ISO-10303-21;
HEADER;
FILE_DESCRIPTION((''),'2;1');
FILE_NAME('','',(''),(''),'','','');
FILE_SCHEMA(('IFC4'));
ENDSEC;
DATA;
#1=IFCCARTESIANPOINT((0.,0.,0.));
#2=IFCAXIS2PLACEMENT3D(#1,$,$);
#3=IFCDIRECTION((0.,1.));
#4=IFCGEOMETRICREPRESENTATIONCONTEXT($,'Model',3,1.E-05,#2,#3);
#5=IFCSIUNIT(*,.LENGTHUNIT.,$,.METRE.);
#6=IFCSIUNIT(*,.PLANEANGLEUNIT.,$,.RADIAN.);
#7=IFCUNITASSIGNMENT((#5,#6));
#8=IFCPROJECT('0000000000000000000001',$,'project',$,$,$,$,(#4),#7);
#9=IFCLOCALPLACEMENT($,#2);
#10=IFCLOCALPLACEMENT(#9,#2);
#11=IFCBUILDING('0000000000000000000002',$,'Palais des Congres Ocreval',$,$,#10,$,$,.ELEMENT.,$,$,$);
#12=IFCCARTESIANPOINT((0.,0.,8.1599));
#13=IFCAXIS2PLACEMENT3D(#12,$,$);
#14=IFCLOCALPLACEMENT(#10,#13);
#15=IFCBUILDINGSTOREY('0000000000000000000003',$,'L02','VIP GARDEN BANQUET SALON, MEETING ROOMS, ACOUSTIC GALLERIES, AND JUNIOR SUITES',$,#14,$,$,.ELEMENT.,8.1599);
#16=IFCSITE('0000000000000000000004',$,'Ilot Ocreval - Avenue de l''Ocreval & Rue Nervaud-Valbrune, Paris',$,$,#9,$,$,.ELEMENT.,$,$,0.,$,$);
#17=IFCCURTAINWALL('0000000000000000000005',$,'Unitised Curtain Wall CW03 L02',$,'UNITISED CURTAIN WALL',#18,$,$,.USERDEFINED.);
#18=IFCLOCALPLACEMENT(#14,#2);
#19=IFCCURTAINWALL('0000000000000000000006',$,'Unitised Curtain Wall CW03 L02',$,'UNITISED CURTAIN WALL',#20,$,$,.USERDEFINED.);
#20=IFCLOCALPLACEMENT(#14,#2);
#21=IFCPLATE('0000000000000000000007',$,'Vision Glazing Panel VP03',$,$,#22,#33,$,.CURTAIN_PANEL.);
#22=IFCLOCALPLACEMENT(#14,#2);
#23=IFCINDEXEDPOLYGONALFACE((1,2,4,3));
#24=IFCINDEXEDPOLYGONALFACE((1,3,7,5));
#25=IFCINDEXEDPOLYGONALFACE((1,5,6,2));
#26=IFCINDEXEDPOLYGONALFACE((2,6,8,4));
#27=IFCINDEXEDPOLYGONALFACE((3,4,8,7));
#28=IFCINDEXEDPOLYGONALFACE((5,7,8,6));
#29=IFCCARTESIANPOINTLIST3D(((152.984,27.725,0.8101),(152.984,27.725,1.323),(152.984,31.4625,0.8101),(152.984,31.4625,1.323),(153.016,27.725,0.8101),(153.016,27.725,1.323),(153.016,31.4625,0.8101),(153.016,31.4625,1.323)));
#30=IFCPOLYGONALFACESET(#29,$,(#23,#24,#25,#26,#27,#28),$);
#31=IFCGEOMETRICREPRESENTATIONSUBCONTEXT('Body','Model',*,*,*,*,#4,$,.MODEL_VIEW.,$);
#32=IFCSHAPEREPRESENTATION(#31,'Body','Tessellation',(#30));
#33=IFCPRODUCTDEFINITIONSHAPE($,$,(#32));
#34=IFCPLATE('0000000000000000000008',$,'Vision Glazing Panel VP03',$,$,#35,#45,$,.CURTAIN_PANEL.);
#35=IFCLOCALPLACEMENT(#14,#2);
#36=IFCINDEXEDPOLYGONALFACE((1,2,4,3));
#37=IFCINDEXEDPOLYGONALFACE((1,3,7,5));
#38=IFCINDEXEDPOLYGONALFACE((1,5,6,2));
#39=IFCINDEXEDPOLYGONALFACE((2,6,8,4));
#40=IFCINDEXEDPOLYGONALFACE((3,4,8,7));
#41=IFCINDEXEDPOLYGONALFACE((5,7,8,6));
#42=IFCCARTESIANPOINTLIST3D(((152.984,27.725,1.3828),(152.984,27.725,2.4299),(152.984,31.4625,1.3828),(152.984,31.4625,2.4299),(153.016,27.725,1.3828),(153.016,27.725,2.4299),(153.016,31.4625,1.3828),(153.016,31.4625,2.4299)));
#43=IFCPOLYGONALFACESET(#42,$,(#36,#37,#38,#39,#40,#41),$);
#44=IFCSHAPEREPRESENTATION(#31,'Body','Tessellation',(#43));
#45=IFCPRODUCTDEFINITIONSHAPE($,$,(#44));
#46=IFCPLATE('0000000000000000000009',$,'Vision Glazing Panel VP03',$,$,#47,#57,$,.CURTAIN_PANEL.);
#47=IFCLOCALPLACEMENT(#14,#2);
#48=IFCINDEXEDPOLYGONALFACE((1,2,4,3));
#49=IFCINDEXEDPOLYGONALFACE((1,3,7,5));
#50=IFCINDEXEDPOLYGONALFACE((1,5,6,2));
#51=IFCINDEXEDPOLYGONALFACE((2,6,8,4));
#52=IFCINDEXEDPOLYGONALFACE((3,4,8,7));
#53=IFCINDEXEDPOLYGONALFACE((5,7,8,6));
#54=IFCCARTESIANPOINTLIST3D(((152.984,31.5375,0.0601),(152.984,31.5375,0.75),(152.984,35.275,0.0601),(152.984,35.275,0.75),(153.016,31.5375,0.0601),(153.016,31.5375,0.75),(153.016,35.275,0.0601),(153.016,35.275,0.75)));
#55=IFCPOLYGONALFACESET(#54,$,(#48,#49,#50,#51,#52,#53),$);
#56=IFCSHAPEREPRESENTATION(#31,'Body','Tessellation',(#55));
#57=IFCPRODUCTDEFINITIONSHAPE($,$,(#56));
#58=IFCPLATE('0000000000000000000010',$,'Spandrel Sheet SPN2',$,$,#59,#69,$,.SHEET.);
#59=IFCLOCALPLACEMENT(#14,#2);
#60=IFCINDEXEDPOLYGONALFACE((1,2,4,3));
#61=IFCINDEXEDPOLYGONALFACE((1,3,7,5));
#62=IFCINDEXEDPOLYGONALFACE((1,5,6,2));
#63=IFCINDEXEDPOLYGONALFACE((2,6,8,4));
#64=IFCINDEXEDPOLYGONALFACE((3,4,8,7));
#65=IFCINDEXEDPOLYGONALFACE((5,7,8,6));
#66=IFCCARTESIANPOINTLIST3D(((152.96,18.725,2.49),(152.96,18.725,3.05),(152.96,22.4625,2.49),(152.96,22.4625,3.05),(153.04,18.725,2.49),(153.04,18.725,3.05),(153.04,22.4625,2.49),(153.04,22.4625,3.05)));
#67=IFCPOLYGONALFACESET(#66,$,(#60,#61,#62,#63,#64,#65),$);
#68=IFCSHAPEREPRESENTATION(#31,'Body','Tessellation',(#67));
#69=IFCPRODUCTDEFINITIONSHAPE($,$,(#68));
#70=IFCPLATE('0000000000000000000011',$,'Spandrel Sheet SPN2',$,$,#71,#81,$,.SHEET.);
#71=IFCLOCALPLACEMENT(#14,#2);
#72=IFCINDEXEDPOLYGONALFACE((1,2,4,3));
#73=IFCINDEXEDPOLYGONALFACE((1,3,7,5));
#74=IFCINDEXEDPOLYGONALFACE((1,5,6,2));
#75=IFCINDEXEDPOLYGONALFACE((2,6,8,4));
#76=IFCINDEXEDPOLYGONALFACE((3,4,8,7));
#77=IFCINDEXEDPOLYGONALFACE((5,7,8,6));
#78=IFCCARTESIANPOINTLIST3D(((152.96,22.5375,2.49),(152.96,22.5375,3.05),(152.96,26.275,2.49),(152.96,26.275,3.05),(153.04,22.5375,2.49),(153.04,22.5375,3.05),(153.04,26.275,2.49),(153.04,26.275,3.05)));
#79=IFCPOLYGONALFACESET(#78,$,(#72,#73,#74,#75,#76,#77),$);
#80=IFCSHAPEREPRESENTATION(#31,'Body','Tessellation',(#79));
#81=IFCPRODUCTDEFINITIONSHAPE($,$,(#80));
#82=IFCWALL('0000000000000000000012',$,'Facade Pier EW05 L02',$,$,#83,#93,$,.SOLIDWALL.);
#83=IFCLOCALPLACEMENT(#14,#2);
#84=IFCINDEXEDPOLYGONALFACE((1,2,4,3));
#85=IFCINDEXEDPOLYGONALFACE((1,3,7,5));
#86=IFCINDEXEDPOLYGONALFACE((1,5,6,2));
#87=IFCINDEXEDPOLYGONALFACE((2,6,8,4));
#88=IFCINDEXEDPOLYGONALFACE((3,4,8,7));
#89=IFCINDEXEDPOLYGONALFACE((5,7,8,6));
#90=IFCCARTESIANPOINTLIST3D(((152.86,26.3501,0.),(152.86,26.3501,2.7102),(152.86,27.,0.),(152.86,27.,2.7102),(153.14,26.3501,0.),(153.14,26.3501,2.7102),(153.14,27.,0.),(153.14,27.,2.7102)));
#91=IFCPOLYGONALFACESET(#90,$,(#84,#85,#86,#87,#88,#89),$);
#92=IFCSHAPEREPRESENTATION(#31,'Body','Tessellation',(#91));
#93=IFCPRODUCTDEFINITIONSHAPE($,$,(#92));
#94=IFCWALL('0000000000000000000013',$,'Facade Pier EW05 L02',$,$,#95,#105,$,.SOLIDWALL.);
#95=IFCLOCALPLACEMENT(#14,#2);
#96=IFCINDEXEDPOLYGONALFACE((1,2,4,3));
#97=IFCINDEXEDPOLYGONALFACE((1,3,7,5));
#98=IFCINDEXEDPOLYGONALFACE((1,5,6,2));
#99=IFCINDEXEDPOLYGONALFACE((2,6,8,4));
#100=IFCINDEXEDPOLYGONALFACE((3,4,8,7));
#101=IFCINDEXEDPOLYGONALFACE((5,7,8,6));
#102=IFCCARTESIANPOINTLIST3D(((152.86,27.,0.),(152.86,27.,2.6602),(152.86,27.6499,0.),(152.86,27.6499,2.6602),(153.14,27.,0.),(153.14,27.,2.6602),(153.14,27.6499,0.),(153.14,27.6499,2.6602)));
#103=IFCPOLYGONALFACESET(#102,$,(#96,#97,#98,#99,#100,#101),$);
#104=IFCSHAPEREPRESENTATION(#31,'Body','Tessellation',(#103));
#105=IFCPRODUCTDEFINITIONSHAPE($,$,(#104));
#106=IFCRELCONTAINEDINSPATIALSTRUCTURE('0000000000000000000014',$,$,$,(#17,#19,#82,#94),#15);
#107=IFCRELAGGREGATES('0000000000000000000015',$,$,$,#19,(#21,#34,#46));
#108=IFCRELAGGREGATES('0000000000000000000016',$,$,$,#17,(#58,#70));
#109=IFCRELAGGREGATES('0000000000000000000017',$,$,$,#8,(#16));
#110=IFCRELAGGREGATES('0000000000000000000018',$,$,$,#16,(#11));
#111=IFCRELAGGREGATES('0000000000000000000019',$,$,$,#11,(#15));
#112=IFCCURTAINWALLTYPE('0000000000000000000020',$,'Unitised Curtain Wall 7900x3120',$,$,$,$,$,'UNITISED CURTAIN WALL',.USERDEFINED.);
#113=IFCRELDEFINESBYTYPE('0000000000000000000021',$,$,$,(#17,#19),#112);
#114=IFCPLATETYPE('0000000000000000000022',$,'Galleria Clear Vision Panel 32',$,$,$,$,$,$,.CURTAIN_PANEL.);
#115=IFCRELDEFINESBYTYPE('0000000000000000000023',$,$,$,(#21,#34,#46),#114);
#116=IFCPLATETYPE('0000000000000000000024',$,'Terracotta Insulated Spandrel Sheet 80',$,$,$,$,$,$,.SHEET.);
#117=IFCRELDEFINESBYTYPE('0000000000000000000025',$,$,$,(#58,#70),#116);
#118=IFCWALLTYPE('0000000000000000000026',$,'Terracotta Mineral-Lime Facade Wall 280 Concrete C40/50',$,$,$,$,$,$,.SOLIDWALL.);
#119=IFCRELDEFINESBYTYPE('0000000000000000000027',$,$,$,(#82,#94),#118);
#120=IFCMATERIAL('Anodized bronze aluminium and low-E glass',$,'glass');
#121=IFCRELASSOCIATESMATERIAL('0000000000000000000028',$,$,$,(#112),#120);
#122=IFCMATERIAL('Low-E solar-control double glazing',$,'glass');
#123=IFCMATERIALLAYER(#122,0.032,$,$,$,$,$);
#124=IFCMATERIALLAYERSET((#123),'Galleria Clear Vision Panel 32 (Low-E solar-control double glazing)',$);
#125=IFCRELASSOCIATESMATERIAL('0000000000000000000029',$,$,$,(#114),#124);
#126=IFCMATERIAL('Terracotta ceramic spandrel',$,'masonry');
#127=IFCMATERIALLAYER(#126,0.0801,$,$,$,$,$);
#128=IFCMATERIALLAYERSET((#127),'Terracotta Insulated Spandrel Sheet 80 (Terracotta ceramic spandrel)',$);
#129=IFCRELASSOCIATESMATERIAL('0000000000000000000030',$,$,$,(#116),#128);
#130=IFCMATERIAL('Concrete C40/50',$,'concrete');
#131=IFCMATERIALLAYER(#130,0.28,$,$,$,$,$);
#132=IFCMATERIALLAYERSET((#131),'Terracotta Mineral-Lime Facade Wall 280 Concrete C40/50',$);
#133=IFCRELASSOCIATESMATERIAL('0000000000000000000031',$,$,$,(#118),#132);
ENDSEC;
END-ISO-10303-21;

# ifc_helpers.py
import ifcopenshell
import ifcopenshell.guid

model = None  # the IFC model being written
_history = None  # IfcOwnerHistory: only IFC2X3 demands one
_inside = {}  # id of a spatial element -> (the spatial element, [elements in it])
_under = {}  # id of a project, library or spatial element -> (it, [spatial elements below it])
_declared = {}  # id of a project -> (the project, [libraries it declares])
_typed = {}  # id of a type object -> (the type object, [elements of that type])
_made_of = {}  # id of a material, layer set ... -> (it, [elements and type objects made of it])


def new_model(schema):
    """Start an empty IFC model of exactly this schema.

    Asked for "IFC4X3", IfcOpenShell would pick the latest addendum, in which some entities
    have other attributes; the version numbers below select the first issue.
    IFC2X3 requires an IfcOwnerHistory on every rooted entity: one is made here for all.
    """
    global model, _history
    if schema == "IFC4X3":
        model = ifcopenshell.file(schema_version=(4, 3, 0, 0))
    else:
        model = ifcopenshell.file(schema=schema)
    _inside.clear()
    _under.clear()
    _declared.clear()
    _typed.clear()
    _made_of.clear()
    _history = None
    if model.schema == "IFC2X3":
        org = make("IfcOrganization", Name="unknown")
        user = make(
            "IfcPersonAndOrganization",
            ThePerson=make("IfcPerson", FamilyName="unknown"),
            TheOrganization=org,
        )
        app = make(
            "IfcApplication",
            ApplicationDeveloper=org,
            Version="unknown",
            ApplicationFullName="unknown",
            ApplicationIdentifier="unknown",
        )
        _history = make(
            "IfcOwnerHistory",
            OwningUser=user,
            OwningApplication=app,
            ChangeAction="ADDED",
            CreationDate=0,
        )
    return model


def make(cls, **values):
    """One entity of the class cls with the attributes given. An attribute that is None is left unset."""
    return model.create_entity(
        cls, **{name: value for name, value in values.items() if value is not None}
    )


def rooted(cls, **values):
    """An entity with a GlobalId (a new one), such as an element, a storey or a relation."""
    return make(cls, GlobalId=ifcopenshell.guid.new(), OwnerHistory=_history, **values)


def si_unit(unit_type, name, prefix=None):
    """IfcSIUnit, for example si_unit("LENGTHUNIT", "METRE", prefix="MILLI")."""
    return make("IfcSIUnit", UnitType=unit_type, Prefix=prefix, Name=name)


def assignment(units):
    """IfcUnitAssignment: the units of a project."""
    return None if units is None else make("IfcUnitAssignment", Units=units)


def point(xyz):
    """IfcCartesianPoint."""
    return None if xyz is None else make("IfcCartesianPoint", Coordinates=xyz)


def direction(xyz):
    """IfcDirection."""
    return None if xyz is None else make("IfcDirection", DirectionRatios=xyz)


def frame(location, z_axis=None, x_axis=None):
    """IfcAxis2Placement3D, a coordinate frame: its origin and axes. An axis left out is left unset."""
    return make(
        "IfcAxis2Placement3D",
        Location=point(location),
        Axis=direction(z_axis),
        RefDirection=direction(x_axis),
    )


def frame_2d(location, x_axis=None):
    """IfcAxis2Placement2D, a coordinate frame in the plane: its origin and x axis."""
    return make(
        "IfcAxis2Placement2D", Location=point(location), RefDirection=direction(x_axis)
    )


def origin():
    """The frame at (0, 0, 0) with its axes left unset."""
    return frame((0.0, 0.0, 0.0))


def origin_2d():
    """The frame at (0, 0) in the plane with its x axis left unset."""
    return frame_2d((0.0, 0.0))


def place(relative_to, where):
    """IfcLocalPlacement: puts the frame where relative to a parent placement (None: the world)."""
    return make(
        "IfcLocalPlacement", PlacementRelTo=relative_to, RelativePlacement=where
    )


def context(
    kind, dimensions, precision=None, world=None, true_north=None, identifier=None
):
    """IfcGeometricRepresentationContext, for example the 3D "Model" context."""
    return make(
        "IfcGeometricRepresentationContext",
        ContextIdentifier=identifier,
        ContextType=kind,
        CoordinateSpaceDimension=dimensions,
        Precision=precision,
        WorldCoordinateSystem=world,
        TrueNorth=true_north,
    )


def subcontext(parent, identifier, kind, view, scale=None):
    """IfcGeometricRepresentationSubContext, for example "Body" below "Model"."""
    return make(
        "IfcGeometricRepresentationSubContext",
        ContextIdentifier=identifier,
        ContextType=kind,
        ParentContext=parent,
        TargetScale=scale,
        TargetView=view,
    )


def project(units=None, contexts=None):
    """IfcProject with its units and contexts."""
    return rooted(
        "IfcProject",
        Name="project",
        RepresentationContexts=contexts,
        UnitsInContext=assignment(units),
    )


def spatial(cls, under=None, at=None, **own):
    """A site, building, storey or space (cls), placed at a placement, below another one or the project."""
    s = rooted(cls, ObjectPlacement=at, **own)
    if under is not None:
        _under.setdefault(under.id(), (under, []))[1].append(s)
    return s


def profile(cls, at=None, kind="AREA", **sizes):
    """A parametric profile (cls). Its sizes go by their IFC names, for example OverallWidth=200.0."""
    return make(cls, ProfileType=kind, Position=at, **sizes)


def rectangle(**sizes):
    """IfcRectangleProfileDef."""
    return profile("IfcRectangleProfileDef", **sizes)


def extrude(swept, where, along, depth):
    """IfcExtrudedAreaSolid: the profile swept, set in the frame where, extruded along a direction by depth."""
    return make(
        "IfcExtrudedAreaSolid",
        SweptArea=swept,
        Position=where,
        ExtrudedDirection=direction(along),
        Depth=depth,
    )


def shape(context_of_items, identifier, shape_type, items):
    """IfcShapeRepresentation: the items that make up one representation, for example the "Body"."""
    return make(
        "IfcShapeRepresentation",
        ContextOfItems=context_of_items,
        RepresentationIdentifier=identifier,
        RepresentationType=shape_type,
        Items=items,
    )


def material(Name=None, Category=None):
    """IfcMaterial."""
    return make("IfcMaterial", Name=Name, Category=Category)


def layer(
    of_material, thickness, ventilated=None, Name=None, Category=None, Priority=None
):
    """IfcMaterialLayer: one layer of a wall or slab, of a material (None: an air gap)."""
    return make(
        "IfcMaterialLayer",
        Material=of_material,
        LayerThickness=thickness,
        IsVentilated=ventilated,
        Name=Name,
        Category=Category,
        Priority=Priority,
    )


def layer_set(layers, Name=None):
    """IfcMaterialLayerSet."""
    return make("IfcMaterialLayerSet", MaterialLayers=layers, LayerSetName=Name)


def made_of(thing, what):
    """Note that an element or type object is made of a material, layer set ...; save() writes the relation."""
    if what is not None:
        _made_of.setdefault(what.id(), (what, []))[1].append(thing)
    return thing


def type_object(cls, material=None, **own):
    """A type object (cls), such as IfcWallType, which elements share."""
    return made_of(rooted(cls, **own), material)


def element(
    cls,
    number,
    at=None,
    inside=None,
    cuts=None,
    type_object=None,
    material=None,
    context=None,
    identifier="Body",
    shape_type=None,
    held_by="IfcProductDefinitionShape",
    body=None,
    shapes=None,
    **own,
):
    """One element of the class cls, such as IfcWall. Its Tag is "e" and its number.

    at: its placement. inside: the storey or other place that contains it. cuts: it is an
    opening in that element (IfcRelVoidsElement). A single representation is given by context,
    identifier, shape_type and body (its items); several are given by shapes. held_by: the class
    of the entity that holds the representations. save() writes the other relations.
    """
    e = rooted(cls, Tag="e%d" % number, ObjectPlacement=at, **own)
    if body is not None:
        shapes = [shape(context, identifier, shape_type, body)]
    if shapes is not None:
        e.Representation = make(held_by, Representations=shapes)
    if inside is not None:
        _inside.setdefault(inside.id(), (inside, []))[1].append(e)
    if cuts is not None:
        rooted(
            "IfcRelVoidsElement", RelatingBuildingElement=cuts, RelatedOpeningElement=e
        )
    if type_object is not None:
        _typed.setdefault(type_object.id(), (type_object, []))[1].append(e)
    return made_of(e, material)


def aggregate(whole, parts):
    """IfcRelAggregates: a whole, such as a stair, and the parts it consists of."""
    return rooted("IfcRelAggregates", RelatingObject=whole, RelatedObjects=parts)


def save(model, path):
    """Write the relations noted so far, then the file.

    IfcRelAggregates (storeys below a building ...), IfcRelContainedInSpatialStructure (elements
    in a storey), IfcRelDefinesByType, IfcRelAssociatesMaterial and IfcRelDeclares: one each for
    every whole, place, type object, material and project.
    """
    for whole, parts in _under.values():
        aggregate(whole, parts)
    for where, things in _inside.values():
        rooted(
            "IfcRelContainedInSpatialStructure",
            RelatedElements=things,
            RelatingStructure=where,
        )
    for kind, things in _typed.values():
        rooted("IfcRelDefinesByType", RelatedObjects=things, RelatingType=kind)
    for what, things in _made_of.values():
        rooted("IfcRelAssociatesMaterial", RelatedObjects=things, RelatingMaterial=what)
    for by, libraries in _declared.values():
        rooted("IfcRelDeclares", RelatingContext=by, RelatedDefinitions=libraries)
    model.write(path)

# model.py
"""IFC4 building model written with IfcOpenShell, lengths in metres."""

from ifc_helpers import new_model, si_unit, direction, frame, frame_2d, origin, origin_2d, place, context, subcontext, project, spatial, rectangle, extrude, material, layer, layer_set, type_object, element, aggregate, save


model = new_model("IFC4")

# Units and contexts
model_context = context("Model", 3, precision=1e-05, world=origin(), true_north=direction((0.0, 1.0)))
body_context = subcontext(model_context, "Body", "Model", "MODEL_VIEW")
ifc_project = project(units=[si_unit("LENGTHUNIT", "METRE"), si_unit("PLANEANGLEUNIT", "RADIAN")], contexts=[model_context])

# Site, building, storey
site_placement = place(None, origin())
site = spatial("IfcSite", under=ifc_project, at=site_placement, Name="Ilot Ocreval - Avenue de l'Ocreval & Rue Nervaud-Valbrune, Paris", CompositionType="ELEMENT", RefElevation=0.0)
building_placement = place(site_placement, origin())
building = spatial("IfcBuilding", under=site, at=building_placement, Name="Palais des Congres Ocreval", CompositionType="ELEMENT")
storey_placement = place(building_placement, frame((0.0, 0.0, 8.1599)))
storey = spatial("IfcBuildingStorey", under=building, at=storey_placement, Name="L02", Description="VIP GARDEN BANQUET SALON, MEETING ROOMS, ACOUSTIC GALLERIES, AND JUNIOR SUITES", CompositionType="ELEMENT", Elevation=8.1599)

# Curtain walls
ifc_material_1 = material(Name="Anodized bronze aluminium and low-E glass", Category="glass")
curtain_wall_type = type_object("IfcCurtainWallType", Name="Unitised Curtain Wall 7900x3120", ElementType="UNITISED CURTAIN WALL", PredefinedType="USERDEFINED", material=ifc_material_1)
curtain_wall_1_placement = place(storey_placement, origin())
curtain_wall_1 = element("IfcCurtainWall", 1, at=curtain_wall_1_placement, inside=storey, type_object=curtain_wall_type, Name="Unitised Curtain Wall CW03 L02", ObjectType="UNITISED CURTAIN WALL", PredefinedType="USERDEFINED")
curtain_wall_2_placement = place(storey_placement, origin())
curtain_wall_2 = element("IfcCurtainWall", 2, at=curtain_wall_2_placement, inside=storey, type_object=curtain_wall_type, Name="Unitised Curtain Wall CW03 L02", ObjectType="UNITISED CURTAIN WALL", PredefinedType="USERDEFINED")

# Plates
ifc_material_2 = material(Name="Low-E solar-control double glazing", Category="glass")
ifc_layer_1 = layer(ifc_material_2, 0.032)
ifc_layer_set_1 = layer_set([ifc_layer_1], Name="Galleria Clear Vision Panel 32 (Low-E solar-control double glazing)")
plate_type_1 = type_object("IfcPlateType", Name="Galleria Clear Vision Panel 32", PredefinedType="CURTAIN_PANEL", material=ifc_layer_set_1)
plate_1_placement = place(storey_placement, frame((153.0, 29.5938, 0.8101), z_axis=(0.0, 0.0, 1.0), x_axis=(0.0, 1.0, 0.0)))
plate_1 = element("IfcPlate", 3, at=plate_1_placement, type_object=plate_type_1, Name="Vision Glazing Panel VP03", PredefinedType="CURTAIN_PANEL", context=body_context, shape_type="SweptSolid", body=[
    extrude(rectangle(XDim=3.7375, YDim=0.032, at=origin_2d()), origin(), (0.0, 0.0, 1.0), 0.5129),
])
plate_2_placement = place(storey_placement, frame((153.0, 29.5938, 1.3828), z_axis=(0.0, 0.0, 1.0), x_axis=(0.0, 1.0, 0.0)))
plate_2 = element("IfcPlate", 4, at=plate_2_placement, type_object=plate_type_1, Name="Vision Glazing Panel VP03", PredefinedType="CURTAIN_PANEL", context=body_context, shape_type="SweptSolid", body=[
    extrude(rectangle(XDim=3.7375, YDim=0.032, at=origin_2d()), origin(), (0.0, 0.0, 1.0), 1.0471),
])
plate_3_placement = place(storey_placement, frame((153.0, 33.4062, 0.0601), z_axis=(0.0, 0.0, 1.0), x_axis=(0.0, 1.0, 0.0)))
plate_3 = element("IfcPlate", 5, at=plate_3_placement, type_object=plate_type_1, Name="Vision Glazing Panel VP03", PredefinedType="CURTAIN_PANEL", context=body_context, shape_type="SweptSolid", body=[
    extrude(rectangle(XDim=3.7375, YDim=0.032, at=origin_2d()), origin(), (0.0, 0.0, 1.0), 0.6899),
])
aggregate(curtain_wall_2, [plate_1, plate_2, plate_3])
ifc_material_3 = material(Name="Terracotta ceramic spandrel", Category="masonry")
ifc_layer_2 = layer(ifc_material_3, 0.0801)
ifc_layer_set_2 = layer_set([ifc_layer_2], Name="Terracotta Insulated Spandrel Sheet 80 (Terracotta ceramic spandrel)")
plate_type_2 = type_object("IfcPlateType", Name="Terracotta Insulated Spandrel Sheet 80", PredefinedType="SHEET", material=ifc_layer_set_2)
plate_4_placement = place(storey_placement, frame((153.0, 20.5938, 2.49), z_axis=(0.0, 0.0, 1.0), x_axis=(0.0, 1.0, 0.0)))
plate_4 = element("IfcPlate", 6, at=plate_4_placement, type_object=plate_type_2, Name="Spandrel Sheet SPN2", PredefinedType="SHEET", context=body_context, shape_type="SweptSolid", body=[
    extrude(rectangle(XDim=3.7375, YDim=0.0801, at=origin_2d()), origin(), (0.0, 0.0, 1.0), 0.5601),
])
plate_5_placement = place(storey_placement, frame((153.0, 24.4062, 2.49), z_axis=(0.0, 0.0, 1.0), x_axis=(0.0, 1.0, 0.0)))
plate_5 = element("IfcPlate", 7, at=plate_5_placement, type_object=plate_type_2, Name="Spandrel Sheet SPN2", PredefinedType="SHEET", context=body_context, shape_type="SweptSolid", body=[
    extrude(rectangle(XDim=3.7375, YDim=0.0801, at=origin_2d()), origin(), (0.0, 0.0, 1.0), 0.5601),
])
aggregate(curtain_wall_1, [plate_4, plate_5])

# Walls
ifc_material_4 = material(Name="Concrete C40/50", Category="concrete")
ifc_layer_3 = layer(ifc_material_4, 0.28)
ifc_layer_set_3 = layer_set([ifc_layer_3], Name="Terracotta Mineral-Lime Facade Wall 280 Concrete C40/50")
wall_type = type_object("IfcWallType", Name="Terracotta Mineral-Lime Facade Wall 280 Concrete C40/50", PredefinedType="SOLIDWALL", material=ifc_layer_set_3)
wall_1_placement = place(storey_placement, frame((153.0, 26.3501, 0.0), z_axis=(0.0, 0.0, 1.0), x_axis=(0.0, 1.0, 0.0)))
element("IfcWall", 8, at=wall_1_placement, inside=storey, type_object=wall_type, Name="Facade Pier EW05 L02", PredefinedType="SOLIDWALL", context=body_context, shape_type="SweptSolid", body=[
    extrude(rectangle(XDim=0.6499, YDim=0.28, at=frame_2d((0.325, 0.0))), origin(), (0.0, 0.0, 1.0), 2.7102),
])
wall_2_placement = place(storey_placement, frame((153.0, 27.0, 0.0), z_axis=(0.0, 0.0, 1.0), x_axis=(0.0, 1.0, 0.0)))
element("IfcWall", 9, at=wall_2_placement, inside=storey, type_object=wall_type, Name="Facade Pier EW05 L02", PredefinedType="SOLIDWALL", context=body_context, shape_type="SweptSolid", body=[
    extrude(rectangle(XDim=0.6499, YDim=0.28, at=frame_2d((0.325, 0.0))), origin(), (0.0, 0.0, 1.0), 2.6602),
])

save(model, "model.ifc")
